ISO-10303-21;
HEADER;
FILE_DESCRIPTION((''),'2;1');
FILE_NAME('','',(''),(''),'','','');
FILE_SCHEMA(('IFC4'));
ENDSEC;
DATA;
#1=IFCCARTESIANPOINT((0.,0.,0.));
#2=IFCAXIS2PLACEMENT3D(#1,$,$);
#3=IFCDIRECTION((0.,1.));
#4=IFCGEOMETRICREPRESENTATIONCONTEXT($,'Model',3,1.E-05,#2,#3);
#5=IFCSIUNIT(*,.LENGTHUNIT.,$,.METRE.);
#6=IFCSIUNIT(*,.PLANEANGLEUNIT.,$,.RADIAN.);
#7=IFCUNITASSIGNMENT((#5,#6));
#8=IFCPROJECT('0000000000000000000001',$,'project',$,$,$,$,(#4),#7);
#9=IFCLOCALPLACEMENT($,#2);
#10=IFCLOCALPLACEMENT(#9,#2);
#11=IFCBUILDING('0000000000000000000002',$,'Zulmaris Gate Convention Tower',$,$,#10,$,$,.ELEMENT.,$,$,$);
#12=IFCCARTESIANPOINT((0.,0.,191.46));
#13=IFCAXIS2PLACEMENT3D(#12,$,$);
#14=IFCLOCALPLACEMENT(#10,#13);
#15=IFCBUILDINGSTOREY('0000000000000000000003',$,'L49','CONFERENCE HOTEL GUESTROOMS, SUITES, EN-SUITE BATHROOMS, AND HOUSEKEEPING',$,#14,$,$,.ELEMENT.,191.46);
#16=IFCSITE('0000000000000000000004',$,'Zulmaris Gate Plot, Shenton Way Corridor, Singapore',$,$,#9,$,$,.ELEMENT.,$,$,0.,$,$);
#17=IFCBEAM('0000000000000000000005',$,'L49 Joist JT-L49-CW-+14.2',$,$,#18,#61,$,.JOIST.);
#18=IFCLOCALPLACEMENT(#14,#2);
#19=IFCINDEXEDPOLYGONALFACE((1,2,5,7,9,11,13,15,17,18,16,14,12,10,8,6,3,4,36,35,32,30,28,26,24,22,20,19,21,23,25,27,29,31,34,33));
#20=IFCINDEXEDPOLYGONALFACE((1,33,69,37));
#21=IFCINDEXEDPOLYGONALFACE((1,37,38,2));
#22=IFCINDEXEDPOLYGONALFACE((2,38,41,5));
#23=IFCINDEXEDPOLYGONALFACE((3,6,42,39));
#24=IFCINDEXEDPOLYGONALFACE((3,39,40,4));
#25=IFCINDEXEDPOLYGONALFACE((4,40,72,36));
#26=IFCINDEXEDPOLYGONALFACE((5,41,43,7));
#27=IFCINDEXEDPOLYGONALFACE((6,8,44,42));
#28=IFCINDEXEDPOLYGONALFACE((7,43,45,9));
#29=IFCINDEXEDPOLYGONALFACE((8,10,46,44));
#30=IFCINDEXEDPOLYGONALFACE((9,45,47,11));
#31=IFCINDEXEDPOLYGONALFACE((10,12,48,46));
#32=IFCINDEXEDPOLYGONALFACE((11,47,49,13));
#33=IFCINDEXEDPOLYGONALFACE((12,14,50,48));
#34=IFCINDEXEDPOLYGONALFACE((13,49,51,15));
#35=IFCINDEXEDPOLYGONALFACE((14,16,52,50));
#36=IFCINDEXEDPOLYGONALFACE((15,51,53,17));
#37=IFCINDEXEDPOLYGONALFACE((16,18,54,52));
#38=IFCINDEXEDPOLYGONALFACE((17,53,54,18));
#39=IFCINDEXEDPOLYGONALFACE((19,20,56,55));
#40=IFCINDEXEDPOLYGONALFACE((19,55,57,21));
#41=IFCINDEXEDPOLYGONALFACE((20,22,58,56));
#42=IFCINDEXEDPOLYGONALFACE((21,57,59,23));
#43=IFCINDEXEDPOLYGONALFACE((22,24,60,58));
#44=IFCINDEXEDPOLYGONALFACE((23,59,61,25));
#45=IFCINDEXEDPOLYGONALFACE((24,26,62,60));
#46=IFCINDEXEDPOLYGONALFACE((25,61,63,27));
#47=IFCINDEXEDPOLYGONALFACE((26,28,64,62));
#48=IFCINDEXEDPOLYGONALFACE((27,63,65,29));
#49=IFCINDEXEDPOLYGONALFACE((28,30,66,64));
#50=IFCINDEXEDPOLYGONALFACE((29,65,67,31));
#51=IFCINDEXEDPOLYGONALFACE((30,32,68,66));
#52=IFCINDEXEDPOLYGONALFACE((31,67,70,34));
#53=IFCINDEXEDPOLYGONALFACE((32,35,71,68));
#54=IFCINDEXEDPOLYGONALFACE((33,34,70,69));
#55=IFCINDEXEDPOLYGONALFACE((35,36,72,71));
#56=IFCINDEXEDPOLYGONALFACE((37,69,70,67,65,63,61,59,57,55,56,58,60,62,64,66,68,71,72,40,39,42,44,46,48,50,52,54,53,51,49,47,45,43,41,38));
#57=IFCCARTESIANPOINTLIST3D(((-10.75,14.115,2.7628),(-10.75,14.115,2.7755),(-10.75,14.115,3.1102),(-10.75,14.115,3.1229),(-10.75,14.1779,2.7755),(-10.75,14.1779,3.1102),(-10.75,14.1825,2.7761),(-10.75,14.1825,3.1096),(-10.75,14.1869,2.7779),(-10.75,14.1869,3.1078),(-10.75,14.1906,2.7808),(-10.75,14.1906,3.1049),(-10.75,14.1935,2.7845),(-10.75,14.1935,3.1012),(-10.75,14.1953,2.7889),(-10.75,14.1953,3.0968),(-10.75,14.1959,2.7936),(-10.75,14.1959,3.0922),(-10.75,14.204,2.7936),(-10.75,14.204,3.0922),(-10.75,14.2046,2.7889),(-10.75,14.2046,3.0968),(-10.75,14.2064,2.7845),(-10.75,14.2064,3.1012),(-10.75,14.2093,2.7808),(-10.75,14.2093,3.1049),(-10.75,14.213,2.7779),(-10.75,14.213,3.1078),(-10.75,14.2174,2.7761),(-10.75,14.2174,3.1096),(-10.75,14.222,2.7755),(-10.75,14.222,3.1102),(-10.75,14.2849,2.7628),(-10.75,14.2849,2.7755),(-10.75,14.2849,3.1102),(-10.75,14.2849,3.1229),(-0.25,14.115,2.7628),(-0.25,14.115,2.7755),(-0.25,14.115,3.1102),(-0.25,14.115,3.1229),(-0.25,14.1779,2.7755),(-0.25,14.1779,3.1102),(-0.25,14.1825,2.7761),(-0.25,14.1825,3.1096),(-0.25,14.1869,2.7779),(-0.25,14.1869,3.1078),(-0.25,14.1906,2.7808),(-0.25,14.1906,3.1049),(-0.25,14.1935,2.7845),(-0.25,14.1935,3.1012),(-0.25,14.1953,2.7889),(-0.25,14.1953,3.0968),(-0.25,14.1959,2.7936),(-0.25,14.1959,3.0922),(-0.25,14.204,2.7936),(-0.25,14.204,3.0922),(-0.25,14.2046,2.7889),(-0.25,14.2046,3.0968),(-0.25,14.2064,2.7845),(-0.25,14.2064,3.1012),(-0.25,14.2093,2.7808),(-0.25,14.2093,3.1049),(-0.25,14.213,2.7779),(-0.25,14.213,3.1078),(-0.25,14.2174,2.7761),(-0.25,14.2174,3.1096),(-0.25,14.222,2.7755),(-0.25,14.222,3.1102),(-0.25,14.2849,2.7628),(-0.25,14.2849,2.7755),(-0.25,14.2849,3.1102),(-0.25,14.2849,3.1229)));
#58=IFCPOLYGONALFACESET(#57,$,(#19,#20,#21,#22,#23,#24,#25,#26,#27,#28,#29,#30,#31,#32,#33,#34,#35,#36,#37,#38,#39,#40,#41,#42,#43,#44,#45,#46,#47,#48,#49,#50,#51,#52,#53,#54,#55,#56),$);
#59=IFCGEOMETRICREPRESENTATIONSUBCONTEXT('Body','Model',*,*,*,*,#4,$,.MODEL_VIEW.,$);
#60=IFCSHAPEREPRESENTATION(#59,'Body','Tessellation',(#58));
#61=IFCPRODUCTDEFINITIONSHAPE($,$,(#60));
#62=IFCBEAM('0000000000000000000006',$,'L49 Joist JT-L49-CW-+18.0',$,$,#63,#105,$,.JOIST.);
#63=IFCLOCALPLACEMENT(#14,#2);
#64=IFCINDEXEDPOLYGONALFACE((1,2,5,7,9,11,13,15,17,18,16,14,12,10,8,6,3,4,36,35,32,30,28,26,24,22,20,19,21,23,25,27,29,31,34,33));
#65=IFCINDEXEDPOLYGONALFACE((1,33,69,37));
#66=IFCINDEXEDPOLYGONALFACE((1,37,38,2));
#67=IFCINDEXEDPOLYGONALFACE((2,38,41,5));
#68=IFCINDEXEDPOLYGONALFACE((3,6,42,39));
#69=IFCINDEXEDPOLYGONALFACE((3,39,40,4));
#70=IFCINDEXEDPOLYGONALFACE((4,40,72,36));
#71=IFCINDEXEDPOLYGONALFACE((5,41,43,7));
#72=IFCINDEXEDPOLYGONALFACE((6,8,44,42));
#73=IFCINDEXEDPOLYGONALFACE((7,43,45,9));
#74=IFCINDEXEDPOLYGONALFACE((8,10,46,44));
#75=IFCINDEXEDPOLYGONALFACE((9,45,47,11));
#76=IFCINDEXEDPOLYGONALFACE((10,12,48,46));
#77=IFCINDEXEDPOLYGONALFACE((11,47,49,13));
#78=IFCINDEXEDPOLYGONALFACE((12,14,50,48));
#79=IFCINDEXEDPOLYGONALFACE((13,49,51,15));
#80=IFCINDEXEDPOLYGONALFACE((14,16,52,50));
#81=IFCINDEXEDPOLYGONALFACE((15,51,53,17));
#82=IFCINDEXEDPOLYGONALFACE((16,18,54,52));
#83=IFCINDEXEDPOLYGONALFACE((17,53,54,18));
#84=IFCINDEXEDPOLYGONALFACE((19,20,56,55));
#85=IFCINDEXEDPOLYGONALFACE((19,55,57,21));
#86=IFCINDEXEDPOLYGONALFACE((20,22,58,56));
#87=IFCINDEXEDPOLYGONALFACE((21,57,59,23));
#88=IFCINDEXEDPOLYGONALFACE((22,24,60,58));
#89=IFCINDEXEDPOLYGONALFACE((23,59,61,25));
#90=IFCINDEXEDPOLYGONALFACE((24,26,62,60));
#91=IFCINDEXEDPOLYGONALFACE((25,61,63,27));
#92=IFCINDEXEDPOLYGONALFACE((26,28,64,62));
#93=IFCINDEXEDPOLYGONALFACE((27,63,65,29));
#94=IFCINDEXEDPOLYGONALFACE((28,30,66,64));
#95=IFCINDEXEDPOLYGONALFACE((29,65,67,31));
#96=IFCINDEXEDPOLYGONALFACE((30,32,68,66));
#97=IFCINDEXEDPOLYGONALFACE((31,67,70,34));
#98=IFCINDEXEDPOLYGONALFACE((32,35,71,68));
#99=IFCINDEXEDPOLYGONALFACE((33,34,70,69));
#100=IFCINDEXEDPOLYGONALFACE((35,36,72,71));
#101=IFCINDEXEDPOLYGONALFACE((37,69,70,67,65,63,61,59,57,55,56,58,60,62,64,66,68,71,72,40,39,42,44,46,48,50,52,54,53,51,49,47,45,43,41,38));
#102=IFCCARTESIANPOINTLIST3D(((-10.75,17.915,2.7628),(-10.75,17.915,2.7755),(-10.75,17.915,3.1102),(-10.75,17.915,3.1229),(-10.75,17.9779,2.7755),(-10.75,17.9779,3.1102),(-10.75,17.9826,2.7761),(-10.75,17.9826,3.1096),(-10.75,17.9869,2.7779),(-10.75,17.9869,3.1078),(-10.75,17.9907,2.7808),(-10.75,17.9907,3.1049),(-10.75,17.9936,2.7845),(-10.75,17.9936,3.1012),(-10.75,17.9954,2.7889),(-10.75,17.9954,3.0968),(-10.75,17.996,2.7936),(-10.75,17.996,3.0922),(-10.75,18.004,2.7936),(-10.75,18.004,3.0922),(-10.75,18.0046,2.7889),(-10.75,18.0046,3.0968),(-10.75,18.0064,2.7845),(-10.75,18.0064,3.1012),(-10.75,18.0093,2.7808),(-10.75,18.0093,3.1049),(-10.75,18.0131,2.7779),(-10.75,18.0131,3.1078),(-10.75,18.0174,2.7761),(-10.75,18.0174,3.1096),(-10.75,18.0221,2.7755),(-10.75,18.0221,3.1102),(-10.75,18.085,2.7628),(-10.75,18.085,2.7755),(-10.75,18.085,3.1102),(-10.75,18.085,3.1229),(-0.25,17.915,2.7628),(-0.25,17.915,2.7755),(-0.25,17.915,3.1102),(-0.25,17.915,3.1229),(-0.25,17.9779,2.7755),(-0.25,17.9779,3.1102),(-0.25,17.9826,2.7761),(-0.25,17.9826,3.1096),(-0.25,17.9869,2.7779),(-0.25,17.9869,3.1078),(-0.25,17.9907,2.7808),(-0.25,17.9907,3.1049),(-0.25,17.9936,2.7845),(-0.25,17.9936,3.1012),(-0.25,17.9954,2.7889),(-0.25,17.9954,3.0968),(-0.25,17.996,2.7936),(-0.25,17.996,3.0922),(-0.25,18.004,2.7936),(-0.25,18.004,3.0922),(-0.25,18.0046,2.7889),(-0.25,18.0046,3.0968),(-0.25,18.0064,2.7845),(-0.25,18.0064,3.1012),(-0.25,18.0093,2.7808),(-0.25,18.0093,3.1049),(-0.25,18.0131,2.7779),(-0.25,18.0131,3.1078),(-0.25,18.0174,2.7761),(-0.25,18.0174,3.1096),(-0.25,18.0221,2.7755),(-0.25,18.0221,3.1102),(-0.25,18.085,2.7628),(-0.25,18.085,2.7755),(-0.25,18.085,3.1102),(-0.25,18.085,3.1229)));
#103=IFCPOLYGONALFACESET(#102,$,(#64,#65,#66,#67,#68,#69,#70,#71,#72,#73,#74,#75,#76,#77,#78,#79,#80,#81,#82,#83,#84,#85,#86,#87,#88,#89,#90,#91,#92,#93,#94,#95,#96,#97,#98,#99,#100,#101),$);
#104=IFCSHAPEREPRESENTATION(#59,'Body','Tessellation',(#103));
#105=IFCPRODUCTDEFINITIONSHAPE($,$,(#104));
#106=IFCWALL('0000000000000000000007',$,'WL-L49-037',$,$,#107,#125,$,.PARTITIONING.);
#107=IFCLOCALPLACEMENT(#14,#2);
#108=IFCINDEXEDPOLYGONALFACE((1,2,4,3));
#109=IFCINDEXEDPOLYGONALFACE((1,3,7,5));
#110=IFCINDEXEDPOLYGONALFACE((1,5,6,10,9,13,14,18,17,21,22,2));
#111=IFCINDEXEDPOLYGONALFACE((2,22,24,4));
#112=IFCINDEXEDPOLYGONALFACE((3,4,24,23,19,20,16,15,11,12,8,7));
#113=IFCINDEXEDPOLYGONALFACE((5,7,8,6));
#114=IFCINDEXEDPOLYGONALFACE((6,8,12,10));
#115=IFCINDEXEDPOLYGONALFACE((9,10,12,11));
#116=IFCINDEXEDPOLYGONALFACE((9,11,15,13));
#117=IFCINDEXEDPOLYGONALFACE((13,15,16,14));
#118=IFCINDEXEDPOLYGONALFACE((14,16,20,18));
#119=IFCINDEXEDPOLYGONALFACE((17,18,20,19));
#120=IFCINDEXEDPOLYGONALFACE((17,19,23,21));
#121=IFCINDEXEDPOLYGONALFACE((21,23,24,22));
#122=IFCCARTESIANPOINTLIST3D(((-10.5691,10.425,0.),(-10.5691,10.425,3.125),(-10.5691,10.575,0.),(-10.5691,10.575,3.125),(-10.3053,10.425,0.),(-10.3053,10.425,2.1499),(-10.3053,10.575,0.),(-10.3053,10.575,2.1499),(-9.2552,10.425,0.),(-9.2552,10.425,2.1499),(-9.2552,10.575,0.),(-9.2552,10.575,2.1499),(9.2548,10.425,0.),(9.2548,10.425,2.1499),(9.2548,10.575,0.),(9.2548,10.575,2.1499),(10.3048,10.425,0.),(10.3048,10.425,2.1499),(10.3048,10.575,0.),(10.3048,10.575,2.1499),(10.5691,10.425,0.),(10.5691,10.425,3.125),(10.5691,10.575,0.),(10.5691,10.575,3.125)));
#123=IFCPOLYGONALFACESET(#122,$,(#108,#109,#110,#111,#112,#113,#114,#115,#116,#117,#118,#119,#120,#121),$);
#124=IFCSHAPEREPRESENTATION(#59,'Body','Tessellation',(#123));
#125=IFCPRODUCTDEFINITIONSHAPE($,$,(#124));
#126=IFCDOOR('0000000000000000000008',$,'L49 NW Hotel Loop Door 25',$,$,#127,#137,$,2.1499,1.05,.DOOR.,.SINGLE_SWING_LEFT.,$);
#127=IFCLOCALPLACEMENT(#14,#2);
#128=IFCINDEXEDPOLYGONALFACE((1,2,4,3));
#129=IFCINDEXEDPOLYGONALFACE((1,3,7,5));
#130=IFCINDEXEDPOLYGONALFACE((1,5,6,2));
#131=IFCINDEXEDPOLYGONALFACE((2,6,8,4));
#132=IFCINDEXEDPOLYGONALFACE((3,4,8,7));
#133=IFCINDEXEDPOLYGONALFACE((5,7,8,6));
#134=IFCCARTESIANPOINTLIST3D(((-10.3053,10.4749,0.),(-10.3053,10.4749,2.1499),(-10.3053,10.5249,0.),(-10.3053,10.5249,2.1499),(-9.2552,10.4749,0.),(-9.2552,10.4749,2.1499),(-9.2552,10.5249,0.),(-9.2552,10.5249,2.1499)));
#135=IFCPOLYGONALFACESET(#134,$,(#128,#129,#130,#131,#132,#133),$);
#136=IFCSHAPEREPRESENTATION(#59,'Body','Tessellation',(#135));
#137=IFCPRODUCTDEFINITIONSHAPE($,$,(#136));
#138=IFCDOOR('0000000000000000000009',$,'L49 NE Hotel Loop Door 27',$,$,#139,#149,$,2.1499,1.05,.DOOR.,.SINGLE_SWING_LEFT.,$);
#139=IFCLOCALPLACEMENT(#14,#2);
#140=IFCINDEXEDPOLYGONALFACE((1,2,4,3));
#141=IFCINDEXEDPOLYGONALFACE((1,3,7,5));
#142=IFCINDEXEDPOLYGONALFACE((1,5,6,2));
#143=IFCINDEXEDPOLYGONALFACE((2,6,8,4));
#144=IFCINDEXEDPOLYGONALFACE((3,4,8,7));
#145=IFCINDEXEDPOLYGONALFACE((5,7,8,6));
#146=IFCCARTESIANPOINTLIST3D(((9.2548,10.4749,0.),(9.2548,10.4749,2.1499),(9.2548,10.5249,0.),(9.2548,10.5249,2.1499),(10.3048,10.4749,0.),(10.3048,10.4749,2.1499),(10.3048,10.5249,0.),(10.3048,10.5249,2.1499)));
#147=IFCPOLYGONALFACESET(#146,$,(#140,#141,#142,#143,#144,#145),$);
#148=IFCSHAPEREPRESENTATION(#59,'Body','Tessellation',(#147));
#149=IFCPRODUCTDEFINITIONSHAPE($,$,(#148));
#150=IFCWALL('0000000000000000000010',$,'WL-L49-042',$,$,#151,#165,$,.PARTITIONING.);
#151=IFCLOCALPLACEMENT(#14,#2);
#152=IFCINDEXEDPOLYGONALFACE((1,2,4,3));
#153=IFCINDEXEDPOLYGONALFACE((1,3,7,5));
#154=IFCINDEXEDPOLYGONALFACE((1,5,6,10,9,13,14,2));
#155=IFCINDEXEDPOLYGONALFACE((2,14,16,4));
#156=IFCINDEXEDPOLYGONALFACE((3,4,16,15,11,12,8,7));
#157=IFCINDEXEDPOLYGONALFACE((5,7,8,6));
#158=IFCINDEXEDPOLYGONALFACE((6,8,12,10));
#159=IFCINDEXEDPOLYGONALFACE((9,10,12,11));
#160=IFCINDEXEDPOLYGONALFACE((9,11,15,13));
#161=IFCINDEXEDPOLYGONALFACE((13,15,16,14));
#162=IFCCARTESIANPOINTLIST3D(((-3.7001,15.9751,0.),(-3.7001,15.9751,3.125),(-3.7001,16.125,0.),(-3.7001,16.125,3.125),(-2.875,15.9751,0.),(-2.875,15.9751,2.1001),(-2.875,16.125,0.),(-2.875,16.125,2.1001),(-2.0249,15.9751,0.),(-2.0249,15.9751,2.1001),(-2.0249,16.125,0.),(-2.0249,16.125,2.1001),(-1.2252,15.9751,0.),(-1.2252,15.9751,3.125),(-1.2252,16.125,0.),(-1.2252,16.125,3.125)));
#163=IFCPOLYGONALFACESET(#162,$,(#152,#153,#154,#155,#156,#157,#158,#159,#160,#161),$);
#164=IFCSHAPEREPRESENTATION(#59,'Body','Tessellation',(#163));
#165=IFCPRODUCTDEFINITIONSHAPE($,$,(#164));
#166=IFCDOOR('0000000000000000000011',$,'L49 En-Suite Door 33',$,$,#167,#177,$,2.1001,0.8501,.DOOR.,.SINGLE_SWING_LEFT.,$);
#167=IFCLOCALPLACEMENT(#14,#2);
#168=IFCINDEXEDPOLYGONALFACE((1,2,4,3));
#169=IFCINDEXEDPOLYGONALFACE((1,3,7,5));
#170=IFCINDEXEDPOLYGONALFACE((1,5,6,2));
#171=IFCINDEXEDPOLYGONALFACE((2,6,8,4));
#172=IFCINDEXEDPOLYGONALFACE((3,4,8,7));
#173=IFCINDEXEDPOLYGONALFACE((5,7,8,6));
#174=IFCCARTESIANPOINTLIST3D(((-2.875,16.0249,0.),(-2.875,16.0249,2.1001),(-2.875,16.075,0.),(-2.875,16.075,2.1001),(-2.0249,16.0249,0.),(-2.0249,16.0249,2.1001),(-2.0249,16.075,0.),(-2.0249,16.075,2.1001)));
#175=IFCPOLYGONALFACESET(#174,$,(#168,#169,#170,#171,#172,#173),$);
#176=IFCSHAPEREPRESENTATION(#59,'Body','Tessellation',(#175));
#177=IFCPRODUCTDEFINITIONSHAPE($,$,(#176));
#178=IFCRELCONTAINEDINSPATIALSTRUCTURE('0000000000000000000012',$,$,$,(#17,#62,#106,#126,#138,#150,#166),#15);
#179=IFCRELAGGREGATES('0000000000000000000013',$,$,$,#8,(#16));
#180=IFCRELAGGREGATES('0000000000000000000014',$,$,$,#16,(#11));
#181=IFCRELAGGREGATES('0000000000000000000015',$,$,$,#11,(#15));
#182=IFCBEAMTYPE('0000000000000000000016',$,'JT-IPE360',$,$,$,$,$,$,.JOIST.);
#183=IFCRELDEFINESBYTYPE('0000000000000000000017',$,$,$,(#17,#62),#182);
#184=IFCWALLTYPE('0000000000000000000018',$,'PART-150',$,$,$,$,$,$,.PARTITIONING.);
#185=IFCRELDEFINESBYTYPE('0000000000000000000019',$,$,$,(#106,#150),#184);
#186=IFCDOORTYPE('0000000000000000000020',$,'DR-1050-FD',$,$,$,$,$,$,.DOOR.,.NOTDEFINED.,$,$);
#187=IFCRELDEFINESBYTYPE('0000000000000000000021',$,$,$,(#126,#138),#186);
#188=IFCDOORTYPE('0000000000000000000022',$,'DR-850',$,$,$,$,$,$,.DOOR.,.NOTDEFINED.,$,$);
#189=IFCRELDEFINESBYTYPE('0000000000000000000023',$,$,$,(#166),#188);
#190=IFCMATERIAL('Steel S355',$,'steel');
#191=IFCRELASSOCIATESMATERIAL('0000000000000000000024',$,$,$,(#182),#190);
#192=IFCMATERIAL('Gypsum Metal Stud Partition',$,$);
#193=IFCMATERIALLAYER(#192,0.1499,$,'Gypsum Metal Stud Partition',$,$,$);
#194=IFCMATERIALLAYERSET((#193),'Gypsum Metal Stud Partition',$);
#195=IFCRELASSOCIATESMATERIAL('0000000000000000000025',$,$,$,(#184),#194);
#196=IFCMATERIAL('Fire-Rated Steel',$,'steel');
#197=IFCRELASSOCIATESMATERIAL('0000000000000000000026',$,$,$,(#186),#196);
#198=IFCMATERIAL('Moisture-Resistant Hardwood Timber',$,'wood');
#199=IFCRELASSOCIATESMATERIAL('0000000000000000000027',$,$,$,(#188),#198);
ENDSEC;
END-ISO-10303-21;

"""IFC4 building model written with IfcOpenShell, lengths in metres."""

from ifc_helpers import new_model, si_unit, direction, frame, frame_2d, origin, origin_2d, place, context, subcontext, project, spatial, rectangle, i_section, extrude, material, layer, layer_set, material_profile, profile_set, type_object, element, fill, save


model = new_model("IFC4")

# Units and contexts
model_context = context("Model", 3, precision=1e-05, world=origin(), true_north=direction((0.0, 1.0)))
body_context = subcontext(model_context, "Body", "Model", "MODEL_VIEW")
ifc_project = project(units=[si_unit("LENGTHUNIT", "METRE"), si_unit("PLANEANGLEUNIT", "RADIAN")], contexts=[model_context])

# Site, building, storey
site_placement = place(None, origin())
site = spatial("IfcSite", under=ifc_project, at=site_placement, Name="Zulmaris Gate Plot, Shenton Way Corridor, Singapore", CompositionType="ELEMENT", RefElevation=0.0)
building_placement = place(site_placement, origin())
building = spatial("IfcBuilding", under=site, at=building_placement, Name="Zulmaris Gate Convention Tower", CompositionType="ELEMENT")
storey_placement = place(building_placement, frame((0.0, 0.0, 191.46)))
storey = spatial("IfcBuildingStorey", under=building, at=storey_placement, Name="L49", Description="CONFERENCE HOTEL GUESTROOMS, SUITES, EN-SUITE BATHROOMS, AND HOUSEKEEPING", CompositionType="ELEMENT", Elevation=191.46)

# Beams
ifc_material_1 = material(Name="Steel S355", Category="steel")
ifc_material_profile_1 = material_profile(ifc_material_1, i_section(OverallWidth=0.1699, OverallDepth=0.3601, WebThickness=0.0081, FlangeThickness=0.0127, FilletRadius=0.0181, at=origin_2d()), Name="IPE 360")
ifc_profile_set_1 = profile_set([ifc_material_profile_1], Name="Steel S355")
beam_type_1 = type_object("IfcBeamType", Name="JT-IPE360", PredefinedType="JOIST", material=ifc_profile_set_1)
for number, where, z_axis, x_axis, name in (
    (1, (-10.75, 14.2, 2.9429), (1.0, 0.0, 0.0), (0.0, 1.0, 0.0), "L49 Joist JT-L49-CW-+14.2"),
    (2, (-10.75, 18.0, 2.9429), (1.0, 0.0, 0.0), (0.0, 1.0, 0.0), "L49 Joist JT-L49-CW-+18.0"),
):
    element("IfcBeam", number, at=place(storey_placement, frame(where, z_axis=z_axis, x_axis=x_axis)), inside=storey, type_object=beam_type_1, Name=name, PredefinedType="JOIST", context=body_context, shape_type="SweptSolid", body=[
        extrude(i_section(OverallWidth=0.1699, OverallDepth=0.3601, WebThickness=0.0081, FlangeThickness=0.0127, FilletRadius=0.0181, at=origin_2d()), origin(), (0.0, 0.0, 1.0), 10.5),
    ])

# Wall, openings, doors
ifc_material_2 = material(Name="Gypsum Metal Stud Partition")
ifc_layer_1 = layer(ifc_material_2, 0.1499, Name="Gypsum Metal Stud Partition")
ifc_layer_set_1 = layer_set([ifc_layer_1], Name="Gypsum Metal Stud Partition")
wall_type_1 = type_object("IfcWallType", Name="PART-150", PredefinedType="PARTITIONING", material=ifc_layer_set_1)
wall_1_placement = place(storey_placement, frame((-10.5691, 10.5, 0.0), z_axis=(0.0, 0.0, 1.0), x_axis=(1.0, 0.0, 0.0)))
wall_1 = element("IfcWall", 3, at=wall_1_placement, inside=storey, type_object=wall_type_1, Name="WL-L49-037", PredefinedType="PARTITIONING", context=body_context, shape_type="SweptSolid", body=[
    extrude(rectangle(XDim=21.1382, YDim=0.1499, at=frame_2d((10.5691, 0.0))), origin(), (0.0, 0.0, 1.0), 3.125),
])
opening_1_placement = place(wall_1_placement, frame((0.2639, 0.0, 0.0)))
opening_1 = element("IfcOpeningElement", 4, at=opening_1_placement, cuts=wall_1, PredefinedType="OPENING", context=body_context, shape_type="SweptSolid", body=[
    extrude(rectangle(XDim=1.05, YDim=2.1499, at=frame_2d((0.5249, 1.075))), frame((0.0, 0.085, 0.0), z_axis=(0.0, -1.0, 0.0), x_axis=(1.0, 0.0, 0.0)), (0.0, 0.0, 1.0), 0.1699),
])
opening_2_placement = place(wall_1_placement, frame((19.824, 0.0, 0.0)))
opening_2 = element("IfcOpeningElement", 5, at=opening_2_placement, cuts=wall_1, PredefinedType="OPENING", context=body_context, shape_type="SweptSolid", body=[
    extrude(rectangle(XDim=1.05, YDim=2.1499, at=frame_2d((0.5249, 1.075))), frame((0.0, 0.085, 0.0), z_axis=(0.0, -1.0, 0.0), x_axis=(1.0, 0.0, 0.0)), (0.0, 0.0, 1.0), 0.1699),
])
ifc_material_3 = material(Name="Fire-Rated Steel", Category="steel")
door_type_1 = type_object("IfcDoorType", Name="DR-1050-FD", OperationType="NOTDEFINED", PredefinedType="DOOR", material=ifc_material_3)
door_1_placement = place(opening_1_placement, origin())
door_1 = element("IfcDoor", 6, at=door_1_placement, inside=storey, type_object=door_type_1, Name="L49 NW Hotel Loop Door 25", OperationType="SINGLE_SWING_LEFT", OverallHeight=2.1499, OverallWidth=1.05, PredefinedType="DOOR", context=body_context, shape_type="SweptSolid", body=[
    extrude(rectangle(XDim=1.05, YDim=2.1499, at=frame_2d((0.5249, 1.075))), frame((0.0, 0.0249, 0.0), z_axis=(0.0, -1.0, 0.0), x_axis=(1.0, 0.0, 0.0)), (0.0, 0.0, 1.0), 0.05),
])
fill(opening_1, door_1)
door_2_placement = place(opening_2_placement, origin())
door_2 = element("IfcDoor", 7, at=door_2_placement, inside=storey, type_object=door_type_1, Name="L49 NE Hotel Loop Door 27", OperationType="SINGLE_SWING_LEFT", OverallHeight=2.1499, OverallWidth=1.05, PredefinedType="DOOR", context=body_context, shape_type="SweptSolid", body=[
    extrude(rectangle(XDim=1.05, YDim=2.1499, at=frame_2d((0.5249, 1.075))), frame((0.0, 0.0249, 0.0), z_axis=(0.0, -1.0, 0.0), x_axis=(1.0, 0.0, 0.0)), (0.0, 0.0, 1.0), 0.05),
])
fill(opening_2, door_2)

# Wall, opening, door
wall_2_placement = place(storey_placement, frame((-3.7, 16.05, 0.0), z_axis=(0.0, 0.0, 1.0), x_axis=(1.0, 0.0, 0.0)))
wall_2 = element("IfcWall", 8, at=wall_2_placement, inside=storey, type_object=wall_type_1, Name="WL-L49-042", PredefinedType="PARTITIONING", context=body_context, shape_type="SweptSolid", body=[
    extrude(rectangle(XDim=2.4749, YDim=0.1499, at=frame_2d((1.2373, 0.0))), origin(), (0.0, 0.0, 1.0), 3.125),
])
opening_3_placement = place(wall_2_placement, frame((0.825, 0.0, 0.0)))
opening_3 = element("IfcOpeningElement", 9, at=opening_3_placement, cuts=wall_2, PredefinedType="OPENING", context=body_context, shape_type="SweptSolid", body=[
    extrude(rectangle(XDim=0.8501, YDim=2.1001, at=frame_2d((0.425, 1.05))), frame((0.0, 0.085, 0.0), z_axis=(0.0, -1.0, 0.0), x_axis=(1.0, 0.0, 0.0)), (0.0, 0.0, 1.0), 0.1699),
])
ifc_material_4 = material(Name="Moisture-Resistant Hardwood Timber", Category="wood")
door_type_2 = type_object("IfcDoorType", Name="DR-850", OperationType="NOTDEFINED", PredefinedType="DOOR", material=ifc_material_4)
door_3_placement = place(opening_3_placement, origin())
door_3 = element("IfcDoor", 10, at=door_3_placement, inside=storey, type_object=door_type_2, Name="L49 En-Suite Door 33", OperationType="SINGLE_SWING_LEFT", OverallHeight=2.1001, OverallWidth=0.8501, PredefinedType="DOOR", context=body_context, shape_type="SweptSolid", body=[
    extrude(rectangle(XDim=0.8501, YDim=2.1001, at=frame_2d((0.425, 1.05))), frame((0.0, 0.0249, 0.0), z_axis=(0.0, -1.0, 0.0), x_axis=(1.0, 0.0, 0.0)), (0.0, 0.0, 1.0), 0.05),
])
fill(opening_3, door_3)

save(model, "model.ifc")
